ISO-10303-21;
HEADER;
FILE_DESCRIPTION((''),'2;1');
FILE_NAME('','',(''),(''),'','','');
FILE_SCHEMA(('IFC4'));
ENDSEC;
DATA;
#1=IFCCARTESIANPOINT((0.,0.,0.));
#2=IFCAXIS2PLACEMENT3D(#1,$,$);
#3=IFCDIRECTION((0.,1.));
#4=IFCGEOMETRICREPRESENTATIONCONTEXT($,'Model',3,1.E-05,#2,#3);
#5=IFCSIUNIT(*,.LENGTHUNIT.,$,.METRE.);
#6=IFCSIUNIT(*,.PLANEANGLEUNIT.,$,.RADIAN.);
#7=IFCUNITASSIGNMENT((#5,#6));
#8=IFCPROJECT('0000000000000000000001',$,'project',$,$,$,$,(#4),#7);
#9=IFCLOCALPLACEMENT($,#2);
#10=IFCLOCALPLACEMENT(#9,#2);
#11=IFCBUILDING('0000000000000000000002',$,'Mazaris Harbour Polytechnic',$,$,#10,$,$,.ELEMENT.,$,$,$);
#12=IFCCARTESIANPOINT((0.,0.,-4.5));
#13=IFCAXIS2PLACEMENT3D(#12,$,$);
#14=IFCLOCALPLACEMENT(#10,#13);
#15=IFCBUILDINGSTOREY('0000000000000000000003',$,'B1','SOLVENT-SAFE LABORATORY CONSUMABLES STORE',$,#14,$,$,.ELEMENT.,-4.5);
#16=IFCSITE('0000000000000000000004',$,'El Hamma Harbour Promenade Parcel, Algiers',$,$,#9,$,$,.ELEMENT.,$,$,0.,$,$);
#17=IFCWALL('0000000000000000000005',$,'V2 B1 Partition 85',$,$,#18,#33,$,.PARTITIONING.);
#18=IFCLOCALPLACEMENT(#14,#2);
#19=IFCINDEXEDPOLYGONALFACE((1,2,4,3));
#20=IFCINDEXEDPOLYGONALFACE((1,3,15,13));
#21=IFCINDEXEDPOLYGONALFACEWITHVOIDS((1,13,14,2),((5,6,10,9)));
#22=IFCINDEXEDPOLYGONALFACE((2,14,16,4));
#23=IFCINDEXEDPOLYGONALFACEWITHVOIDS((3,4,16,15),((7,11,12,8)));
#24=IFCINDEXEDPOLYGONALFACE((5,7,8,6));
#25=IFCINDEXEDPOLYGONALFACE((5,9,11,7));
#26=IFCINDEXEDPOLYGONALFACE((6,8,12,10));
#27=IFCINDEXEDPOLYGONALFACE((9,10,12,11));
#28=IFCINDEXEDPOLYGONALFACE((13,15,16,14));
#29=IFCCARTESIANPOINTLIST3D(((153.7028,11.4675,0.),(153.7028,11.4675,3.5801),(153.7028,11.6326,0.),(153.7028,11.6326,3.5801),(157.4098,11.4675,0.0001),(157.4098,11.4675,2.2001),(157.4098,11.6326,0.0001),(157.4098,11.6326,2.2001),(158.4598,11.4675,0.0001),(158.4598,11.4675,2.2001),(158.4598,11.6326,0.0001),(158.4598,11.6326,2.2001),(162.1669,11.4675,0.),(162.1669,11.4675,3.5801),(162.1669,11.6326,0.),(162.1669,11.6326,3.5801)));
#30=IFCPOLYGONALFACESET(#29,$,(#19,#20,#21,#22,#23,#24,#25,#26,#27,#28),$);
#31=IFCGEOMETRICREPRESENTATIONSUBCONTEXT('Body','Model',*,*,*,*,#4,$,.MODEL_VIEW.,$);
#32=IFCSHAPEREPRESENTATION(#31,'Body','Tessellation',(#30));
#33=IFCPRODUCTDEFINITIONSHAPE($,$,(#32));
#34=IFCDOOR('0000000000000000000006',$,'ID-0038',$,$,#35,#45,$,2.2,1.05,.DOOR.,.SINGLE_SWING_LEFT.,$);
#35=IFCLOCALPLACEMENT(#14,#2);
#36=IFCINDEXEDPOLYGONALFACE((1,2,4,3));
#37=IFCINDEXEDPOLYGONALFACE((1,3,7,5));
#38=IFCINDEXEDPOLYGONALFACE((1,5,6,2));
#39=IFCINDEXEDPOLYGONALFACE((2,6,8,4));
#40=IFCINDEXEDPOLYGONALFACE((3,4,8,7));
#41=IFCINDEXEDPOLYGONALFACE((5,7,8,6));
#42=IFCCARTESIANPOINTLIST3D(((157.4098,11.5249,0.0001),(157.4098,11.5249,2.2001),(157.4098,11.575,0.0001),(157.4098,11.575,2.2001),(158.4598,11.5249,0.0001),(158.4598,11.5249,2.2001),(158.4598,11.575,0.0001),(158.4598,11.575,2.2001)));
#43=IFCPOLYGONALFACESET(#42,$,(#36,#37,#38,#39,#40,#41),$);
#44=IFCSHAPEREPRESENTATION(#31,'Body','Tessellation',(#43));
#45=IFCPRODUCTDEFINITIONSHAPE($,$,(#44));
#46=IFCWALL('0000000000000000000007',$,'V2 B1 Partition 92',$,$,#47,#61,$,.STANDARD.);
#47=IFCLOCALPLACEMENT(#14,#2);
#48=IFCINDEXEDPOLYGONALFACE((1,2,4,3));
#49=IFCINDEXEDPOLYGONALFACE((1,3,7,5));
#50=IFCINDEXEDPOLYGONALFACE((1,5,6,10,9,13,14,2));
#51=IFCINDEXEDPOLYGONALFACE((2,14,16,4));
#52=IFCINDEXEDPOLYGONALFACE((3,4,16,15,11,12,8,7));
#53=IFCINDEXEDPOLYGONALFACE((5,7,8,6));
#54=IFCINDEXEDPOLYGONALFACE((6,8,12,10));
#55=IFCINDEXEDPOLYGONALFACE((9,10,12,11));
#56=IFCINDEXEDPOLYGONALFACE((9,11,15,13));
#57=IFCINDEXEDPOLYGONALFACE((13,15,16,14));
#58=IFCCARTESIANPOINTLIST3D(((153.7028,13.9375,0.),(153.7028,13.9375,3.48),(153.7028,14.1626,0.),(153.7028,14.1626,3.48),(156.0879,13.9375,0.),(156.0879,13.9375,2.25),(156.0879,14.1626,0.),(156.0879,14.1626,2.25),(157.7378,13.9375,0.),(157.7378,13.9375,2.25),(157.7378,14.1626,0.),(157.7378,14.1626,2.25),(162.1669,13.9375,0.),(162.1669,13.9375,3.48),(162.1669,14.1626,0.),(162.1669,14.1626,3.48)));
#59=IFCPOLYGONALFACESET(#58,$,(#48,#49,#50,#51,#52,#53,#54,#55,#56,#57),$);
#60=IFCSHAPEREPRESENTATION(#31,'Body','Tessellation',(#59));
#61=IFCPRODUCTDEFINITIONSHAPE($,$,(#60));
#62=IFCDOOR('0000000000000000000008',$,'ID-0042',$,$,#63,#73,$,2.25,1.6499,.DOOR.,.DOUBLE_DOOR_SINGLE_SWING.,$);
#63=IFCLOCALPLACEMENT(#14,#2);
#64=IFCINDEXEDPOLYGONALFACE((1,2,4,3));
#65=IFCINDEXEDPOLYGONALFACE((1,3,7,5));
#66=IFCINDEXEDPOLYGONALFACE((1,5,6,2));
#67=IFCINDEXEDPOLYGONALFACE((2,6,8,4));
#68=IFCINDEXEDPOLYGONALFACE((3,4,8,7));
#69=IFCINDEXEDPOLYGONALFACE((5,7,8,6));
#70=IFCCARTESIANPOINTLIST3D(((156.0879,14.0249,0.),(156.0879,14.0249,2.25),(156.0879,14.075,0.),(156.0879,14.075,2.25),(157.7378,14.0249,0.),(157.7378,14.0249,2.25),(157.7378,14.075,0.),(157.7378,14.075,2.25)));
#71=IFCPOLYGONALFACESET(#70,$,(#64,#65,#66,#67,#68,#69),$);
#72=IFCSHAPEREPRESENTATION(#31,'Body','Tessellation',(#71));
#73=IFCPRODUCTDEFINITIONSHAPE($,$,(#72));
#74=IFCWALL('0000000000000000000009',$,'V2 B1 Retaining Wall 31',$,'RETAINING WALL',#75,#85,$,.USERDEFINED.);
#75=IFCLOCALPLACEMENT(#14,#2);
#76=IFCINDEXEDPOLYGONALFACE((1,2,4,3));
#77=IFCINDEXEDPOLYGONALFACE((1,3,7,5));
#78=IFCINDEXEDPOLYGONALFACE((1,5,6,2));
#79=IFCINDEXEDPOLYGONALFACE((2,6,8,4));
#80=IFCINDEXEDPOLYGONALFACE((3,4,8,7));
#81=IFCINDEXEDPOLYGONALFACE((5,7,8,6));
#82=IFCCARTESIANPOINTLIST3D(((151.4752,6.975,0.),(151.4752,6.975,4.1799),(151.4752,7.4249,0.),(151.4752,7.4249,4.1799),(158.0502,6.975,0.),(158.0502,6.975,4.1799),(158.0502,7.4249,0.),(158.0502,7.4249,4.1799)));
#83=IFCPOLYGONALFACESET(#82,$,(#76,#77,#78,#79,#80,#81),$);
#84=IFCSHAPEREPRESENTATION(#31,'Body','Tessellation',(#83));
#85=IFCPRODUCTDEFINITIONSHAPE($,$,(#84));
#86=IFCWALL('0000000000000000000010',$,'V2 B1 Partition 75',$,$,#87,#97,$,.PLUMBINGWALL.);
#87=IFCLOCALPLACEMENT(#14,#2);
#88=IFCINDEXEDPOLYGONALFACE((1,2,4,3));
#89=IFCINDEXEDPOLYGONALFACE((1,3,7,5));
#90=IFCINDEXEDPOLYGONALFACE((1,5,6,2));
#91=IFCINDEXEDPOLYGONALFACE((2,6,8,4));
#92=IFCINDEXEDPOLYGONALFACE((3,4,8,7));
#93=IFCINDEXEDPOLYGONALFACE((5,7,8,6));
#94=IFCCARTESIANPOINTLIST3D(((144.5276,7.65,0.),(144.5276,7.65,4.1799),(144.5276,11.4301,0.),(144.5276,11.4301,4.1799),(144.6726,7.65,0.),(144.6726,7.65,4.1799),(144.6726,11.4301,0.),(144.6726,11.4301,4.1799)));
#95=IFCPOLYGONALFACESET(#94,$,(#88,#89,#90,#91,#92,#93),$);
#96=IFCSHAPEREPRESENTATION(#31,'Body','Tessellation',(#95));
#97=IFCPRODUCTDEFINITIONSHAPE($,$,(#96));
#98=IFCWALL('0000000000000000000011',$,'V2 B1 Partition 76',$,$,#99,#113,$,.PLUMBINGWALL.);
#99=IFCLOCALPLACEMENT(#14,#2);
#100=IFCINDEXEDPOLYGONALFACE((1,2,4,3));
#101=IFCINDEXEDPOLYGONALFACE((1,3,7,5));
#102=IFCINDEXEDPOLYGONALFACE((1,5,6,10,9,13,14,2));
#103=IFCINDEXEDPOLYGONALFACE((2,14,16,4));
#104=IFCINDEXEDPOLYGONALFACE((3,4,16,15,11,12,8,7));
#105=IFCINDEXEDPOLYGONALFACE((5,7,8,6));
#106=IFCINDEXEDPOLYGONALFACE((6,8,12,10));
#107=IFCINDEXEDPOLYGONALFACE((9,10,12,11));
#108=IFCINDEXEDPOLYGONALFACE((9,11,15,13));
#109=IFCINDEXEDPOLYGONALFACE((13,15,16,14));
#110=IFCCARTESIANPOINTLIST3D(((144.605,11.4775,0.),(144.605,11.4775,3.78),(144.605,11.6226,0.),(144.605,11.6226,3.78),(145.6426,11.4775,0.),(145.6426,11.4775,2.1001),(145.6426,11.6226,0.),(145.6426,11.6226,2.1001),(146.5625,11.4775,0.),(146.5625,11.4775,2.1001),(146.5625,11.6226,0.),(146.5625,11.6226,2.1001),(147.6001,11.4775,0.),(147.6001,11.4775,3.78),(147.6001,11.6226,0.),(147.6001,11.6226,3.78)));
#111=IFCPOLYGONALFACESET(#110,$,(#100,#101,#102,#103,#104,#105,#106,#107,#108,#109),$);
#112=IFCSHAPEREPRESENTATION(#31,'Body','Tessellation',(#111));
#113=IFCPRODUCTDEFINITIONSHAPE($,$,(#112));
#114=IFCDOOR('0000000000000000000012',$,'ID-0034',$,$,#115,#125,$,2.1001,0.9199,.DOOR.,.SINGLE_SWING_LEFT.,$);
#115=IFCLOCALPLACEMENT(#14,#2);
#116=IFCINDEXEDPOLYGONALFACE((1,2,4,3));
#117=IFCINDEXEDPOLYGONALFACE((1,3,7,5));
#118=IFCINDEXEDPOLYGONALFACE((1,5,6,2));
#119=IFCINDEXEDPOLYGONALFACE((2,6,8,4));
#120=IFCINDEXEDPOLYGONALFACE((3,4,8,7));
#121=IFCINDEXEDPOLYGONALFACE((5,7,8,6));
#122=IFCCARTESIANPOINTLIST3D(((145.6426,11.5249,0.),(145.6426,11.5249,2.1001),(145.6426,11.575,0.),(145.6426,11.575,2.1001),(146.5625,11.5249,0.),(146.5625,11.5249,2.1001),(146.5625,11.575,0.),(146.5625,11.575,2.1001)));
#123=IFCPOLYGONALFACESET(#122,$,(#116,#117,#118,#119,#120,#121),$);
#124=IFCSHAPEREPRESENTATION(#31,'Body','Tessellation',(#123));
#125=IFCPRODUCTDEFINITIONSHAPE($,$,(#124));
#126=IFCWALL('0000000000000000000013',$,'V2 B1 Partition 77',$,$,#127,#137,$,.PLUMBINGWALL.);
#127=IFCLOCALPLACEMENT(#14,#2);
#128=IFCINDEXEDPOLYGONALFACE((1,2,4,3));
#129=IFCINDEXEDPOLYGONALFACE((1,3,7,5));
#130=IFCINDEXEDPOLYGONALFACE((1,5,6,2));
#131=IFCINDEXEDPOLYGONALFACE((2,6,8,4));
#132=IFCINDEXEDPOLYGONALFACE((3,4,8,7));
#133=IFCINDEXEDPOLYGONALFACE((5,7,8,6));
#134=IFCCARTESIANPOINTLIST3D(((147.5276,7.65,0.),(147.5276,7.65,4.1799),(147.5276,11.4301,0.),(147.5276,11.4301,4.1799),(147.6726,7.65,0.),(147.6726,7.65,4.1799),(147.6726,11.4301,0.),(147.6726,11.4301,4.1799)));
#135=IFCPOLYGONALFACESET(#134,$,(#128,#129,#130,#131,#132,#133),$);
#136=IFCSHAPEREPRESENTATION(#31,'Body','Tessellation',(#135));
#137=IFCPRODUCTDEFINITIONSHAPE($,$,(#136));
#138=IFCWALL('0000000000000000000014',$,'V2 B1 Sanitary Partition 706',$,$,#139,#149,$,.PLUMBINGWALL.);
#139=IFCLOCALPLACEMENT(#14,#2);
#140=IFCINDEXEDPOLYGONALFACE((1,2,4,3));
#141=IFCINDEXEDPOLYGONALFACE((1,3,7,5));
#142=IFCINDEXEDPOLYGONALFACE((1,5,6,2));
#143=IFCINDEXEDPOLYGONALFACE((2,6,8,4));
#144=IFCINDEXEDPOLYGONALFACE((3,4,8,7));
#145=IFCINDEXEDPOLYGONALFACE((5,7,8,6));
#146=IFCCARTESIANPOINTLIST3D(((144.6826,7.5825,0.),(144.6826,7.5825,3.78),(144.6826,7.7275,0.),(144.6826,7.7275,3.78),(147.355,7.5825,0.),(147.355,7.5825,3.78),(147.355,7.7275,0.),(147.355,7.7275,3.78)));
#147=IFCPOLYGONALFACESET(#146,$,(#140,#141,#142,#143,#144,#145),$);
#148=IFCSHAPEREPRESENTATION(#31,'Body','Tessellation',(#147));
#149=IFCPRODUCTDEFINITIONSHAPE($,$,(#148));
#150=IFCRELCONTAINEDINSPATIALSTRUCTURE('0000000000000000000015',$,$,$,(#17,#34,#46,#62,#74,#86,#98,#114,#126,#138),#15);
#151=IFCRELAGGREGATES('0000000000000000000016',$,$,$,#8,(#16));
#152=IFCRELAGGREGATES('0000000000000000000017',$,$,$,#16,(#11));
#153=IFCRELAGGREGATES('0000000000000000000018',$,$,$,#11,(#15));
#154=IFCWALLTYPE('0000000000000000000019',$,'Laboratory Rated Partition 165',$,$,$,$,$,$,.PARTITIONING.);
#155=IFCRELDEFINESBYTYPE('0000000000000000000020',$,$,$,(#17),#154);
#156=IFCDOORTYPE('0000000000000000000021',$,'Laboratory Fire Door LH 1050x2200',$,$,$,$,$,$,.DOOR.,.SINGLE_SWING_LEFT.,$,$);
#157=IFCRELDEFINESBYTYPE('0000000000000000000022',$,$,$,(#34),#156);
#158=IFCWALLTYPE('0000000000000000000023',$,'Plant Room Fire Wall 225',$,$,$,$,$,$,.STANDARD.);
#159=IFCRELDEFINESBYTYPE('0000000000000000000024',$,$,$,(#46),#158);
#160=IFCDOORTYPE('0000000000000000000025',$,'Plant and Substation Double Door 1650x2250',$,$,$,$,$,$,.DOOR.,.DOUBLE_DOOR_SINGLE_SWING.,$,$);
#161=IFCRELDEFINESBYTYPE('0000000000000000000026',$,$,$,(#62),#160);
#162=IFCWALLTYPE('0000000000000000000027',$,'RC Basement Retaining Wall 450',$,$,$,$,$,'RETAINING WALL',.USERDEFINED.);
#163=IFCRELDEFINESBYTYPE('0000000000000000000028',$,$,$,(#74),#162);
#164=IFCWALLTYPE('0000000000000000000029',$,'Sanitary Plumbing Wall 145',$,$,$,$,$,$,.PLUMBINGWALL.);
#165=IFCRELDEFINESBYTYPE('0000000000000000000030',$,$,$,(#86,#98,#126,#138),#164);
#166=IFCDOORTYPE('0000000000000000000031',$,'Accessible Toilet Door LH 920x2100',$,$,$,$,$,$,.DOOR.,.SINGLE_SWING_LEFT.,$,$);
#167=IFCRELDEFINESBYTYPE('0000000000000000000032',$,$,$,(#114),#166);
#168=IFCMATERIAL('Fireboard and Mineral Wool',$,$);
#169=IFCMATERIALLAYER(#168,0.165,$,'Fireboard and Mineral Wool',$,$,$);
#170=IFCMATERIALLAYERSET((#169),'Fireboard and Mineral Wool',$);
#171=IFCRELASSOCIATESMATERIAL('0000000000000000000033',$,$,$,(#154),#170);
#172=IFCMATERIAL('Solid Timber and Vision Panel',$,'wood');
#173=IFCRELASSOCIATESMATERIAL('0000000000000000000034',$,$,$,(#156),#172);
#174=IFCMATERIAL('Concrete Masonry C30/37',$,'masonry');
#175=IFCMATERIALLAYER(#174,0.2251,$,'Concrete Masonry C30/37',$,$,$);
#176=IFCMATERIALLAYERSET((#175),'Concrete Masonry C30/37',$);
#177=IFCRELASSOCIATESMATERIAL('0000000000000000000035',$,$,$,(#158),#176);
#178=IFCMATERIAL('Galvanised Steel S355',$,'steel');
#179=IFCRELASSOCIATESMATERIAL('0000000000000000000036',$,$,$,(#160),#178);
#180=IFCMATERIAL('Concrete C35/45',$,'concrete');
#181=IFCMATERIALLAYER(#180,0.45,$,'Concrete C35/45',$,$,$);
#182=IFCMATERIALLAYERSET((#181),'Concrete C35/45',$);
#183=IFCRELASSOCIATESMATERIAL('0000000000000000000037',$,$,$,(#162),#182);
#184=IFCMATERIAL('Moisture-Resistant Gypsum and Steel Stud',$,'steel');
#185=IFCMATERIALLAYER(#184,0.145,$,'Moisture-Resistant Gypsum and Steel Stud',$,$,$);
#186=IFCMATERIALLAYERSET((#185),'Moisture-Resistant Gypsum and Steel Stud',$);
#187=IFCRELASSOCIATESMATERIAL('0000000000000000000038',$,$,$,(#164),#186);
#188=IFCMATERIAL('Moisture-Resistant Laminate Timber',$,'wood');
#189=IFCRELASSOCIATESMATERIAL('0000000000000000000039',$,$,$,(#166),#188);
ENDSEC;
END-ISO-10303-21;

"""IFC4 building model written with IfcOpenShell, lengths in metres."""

from ifc_helpers import new_model, si_unit, direction, frame, frame_2d, origin, place, context, subcontext, project, spatial, rectangle, extrude, material, layer, layer_set, type_object, element, fill, save


model = new_model("IFC4")

# Units and contexts
model_context = context("Model", 3, precision=1e-05, world=origin(), true_north=direction((0.0, 1.0)))
body_context = subcontext(model_context, "Body", "Model", "MODEL_VIEW")
ifc_project = project(units=[si_unit("LENGTHUNIT", "METRE"), si_unit("PLANEANGLEUNIT", "RADIAN")], contexts=[model_context])

# Site, building, storey
site_placement = place(None, origin())
site = spatial("IfcSite", under=ifc_project, at=site_placement, Name="El Hamma Harbour Promenade Parcel, Algiers", CompositionType="ELEMENT", RefElevation=0.0)
building_placement = place(site_placement, origin())
building = spatial("IfcBuilding", under=site, at=building_placement, Name="Mazaris Harbour Polytechnic", CompositionType="ELEMENT")
storey_placement = place(building_placement, frame((0.0, 0.0, -4.5)))
storey = spatial("IfcBuildingStorey", under=building, at=storey_placement, Name="B1", Description="SOLVENT-SAFE LABORATORY CONSUMABLES STORE", CompositionType="ELEMENT", Elevation=-4.5)

# Walls, openings, doors
ifc_material_1 = material(Name="Fireboard and Mineral Wool")
ifc_layer_1 = layer(ifc_material_1, 0.165, Name="Fireboard and Mineral Wool")
ifc_layer_set_1 = layer_set([ifc_layer_1], Name="Fireboard and Mineral Wool")
wall_type_1 = type_object("IfcWallType", Name="Laboratory Rated Partition 165", PredefinedType="PARTITIONING", material=ifc_layer_set_1)
wall_1_placement = place(storey_placement, frame((153.7029, 11.55, 0.0), z_axis=(0.0, 0.0, 1.0), x_axis=(1.0, 0.0, 0.0)))
wall_1 = element("IfcWall", 1, at=wall_1_placement, inside=storey, type_object=wall_type_1, Name="V2 B1 Partition 85", PredefinedType="PARTITIONING", context=body_context, shape_type="SweptSolid", body=[
    extrude(rectangle(XDim=8.4641, YDim=0.165, at=frame_2d((4.2319, 0.0))), origin(), (0.0, 0.0, 1.0), 3.5801),
])
opening_1_placement = place(wall_1_placement, frame((3.707, 0.0, 0.0)))
opening_1 = element("IfcOpeningElement", 2, at=opening_1_placement, cuts=wall_1, PredefinedType="OPENING", context=body_context, shape_type="SweptSolid", body=[
    extrude(rectangle(XDim=1.05, YDim=2.2, at=frame_2d((0.5249, 1.1001))), frame((0.0, 0.0925, 0.0), z_axis=(0.0, -1.0, 0.0), x_axis=(1.0, 0.0, 0.0)), (0.0, 0.0, 1.0), 0.1851),
])
ifc_material_2 = material(Name="Solid Timber and Vision Panel", Category="wood")
door_type_1 = type_object("IfcDoorType", Name="Laboratory Fire Door LH 1050x2200", OperationType="SINGLE_SWING_LEFT", PredefinedType="DOOR", material=ifc_material_2)
door_1_placement = place(opening_1_placement, origin())
door_1 = element("IfcDoor", 3, at=door_1_placement, inside=storey, type_object=door_type_1, Name="ID-0038", OperationType="SINGLE_SWING_LEFT", OverallHeight=2.2, OverallWidth=1.05, PredefinedType="DOOR", context=body_context, shape_type="SweptSolid", body=[
    extrude(rectangle(XDim=1.05, YDim=2.2, at=frame_2d((0.5249, 1.1001))), frame((0.0, 0.0249, 0.0), z_axis=(0.0, -1.0, 0.0), x_axis=(1.0, 0.0, 0.0)), (0.0, 0.0, 1.0), 0.05),
])
fill(opening_1, door_1)
ifc_material_3 = material(Name="Concrete Masonry C30/37", Category="masonry")
ifc_layer_2 = layer(ifc_material_3, 0.2251, Name="Concrete Masonry C30/37")
ifc_layer_set_2 = layer_set([ifc_layer_2], Name="Concrete Masonry C30/37")
wall_type_2 = type_object("IfcWallType", Name="Plant Room Fire Wall 225", PredefinedType="STANDARD", material=ifc_layer_set_2)
wall_2_placement = place(storey_placement, frame((153.7029, 14.05, 0.0), z_axis=(0.0, 0.0, 1.0), x_axis=(1.0, 0.0, 0.0)))
wall_2 = element("IfcWall", 4, at=wall_2_placement, inside=storey, type_object=wall_type_2, Name="V2 B1 Partition 92", PredefinedType="STANDARD", context=body_context, shape_type="SweptSolid", body=[
    extrude(rectangle(XDim=8.4641, YDim=0.2251, at=frame_2d((4.2319, 0.0))), origin(), (0.0, 0.0, 1.0), 3.48),
])
opening_2_placement = place(wall_2_placement, frame((2.385, 0.0, 0.0)))
opening_2 = element("IfcOpeningElement", 5, at=opening_2_placement, cuts=wall_2, PredefinedType="OPENING", context=body_context, shape_type="SweptSolid", body=[
    extrude(rectangle(XDim=1.6499, YDim=2.25, at=frame_2d((0.825, 1.125))), frame((0.0, 0.1226, 0.0), z_axis=(0.0, -1.0, 0.0), x_axis=(1.0, 0.0, 0.0)), (0.0, 0.0, 1.0), 0.2451),
])
ifc_material_4 = material(Name="Galvanised Steel S355", Category="steel")
door_type_2 = type_object("IfcDoorType", Name="Plant and Substation Double Door 1650x2250", OperationType="DOUBLE_DOOR_SINGLE_SWING", PredefinedType="DOOR", material=ifc_material_4)
door_2_placement = place(opening_2_placement, origin())
door_2 = element("IfcDoor", 6, at=door_2_placement, inside=storey, type_object=door_type_2, Name="ID-0042", OperationType="DOUBLE_DOOR_SINGLE_SWING", OverallHeight=2.25, OverallWidth=1.6499, PredefinedType="DOOR", context=body_context, shape_type="SweptSolid", body=[
    extrude(rectangle(XDim=1.6499, YDim=2.25, at=frame_2d((0.825, 1.125))), frame((0.0, 0.0249, 0.0), z_axis=(0.0, -1.0, 0.0), x_axis=(1.0, 0.0, 0.0)), (0.0, 0.0, 1.0), 0.05),
])
fill(opening_2, door_2)

# Walls
ifc_material_5 = material(Name="Concrete C35/45", Category="concrete")
ifc_layer_3 = layer(ifc_material_5, 0.45, Name="Concrete C35/45")
ifc_layer_set_3 = layer_set([ifc_layer_3], Name="Concrete C35/45")
wall_type_3 = type_object("IfcWallType", Name="RC Basement Retaining Wall 450", ElementType="RETAINING WALL", PredefinedType="USERDEFINED", material=ifc_layer_set_3)
wall_3_placement = place(storey_placement, frame((151.4751, 7.2, 0.0), z_axis=(0.0, 0.0, 1.0), x_axis=(1.0, 0.0, 0.0)))
element("IfcWall", 7, at=wall_3_placement, inside=storey, type_object=wall_type_3, Name="V2 B1 Retaining Wall 31", ObjectType="RETAINING WALL", PredefinedType="USERDEFINED", context=body_context, shape_type="SweptSolid", body=[
    extrude(rectangle(XDim=6.575, YDim=0.45, at=frame_2d((3.2876, 0.0))), origin(), (0.0, 0.0, 1.0), 4.1799),
])
ifc_material_6 = material(Name="Moisture-Resistant Gypsum and Steel Stud", Category="steel")
ifc_layer_4 = layer(ifc_material_6, 0.145, Name="Moisture-Resistant Gypsum and Steel Stud")
ifc_layer_set_4 = layer_set([ifc_layer_4], Name="Moisture-Resistant Gypsum and Steel Stud")
wall_type_4 = type_object("IfcWallType", Name="Sanitary Plumbing Wall 145", PredefinedType="PLUMBINGWALL", material=ifc_layer_set_4)
wall_4_placement = place(storey_placement, frame((144.6001, 7.6499, 0.0), z_axis=(0.0, 0.0, 1.0), x_axis=(0.0, 1.0, 0.0)))
element("IfcWall", 8, at=wall_4_placement, inside=storey, type_object=wall_type_4, Name="V2 B1 Partition 75", PredefinedType="PLUMBINGWALL", context=body_context, shape_type="SweptSolid", body=[
    extrude(rectangle(XDim=3.78, YDim=0.145, at=frame_2d((1.8901, 0.0))), origin(), (0.0, 0.0, 1.0), 4.1799),
])

# Wall, opening, door
wall_5_placement = place(storey_placement, frame((144.605, 11.55, 0.0), z_axis=(0.0, 0.0, 1.0), x_axis=(1.0, 0.0, 0.0)))
wall_5 = element("IfcWall", 9, at=wall_5_placement, inside=storey, type_object=wall_type_4, Name="V2 B1 Partition 76", PredefinedType="PLUMBINGWALL", context=body_context, shape_type="SweptSolid", body=[
    extrude(rectangle(XDim=2.9951, YDim=0.145, at=frame_2d((1.4976, 0.0))), origin(), (0.0, 0.0, 1.0), 3.78),
])
opening_3_placement = place(wall_5_placement, frame((1.0376, 0.0, 0.0)))
opening_3 = element("IfcOpeningElement", 10, at=opening_3_placement, cuts=wall_5, PredefinedType="OPENING", context=body_context, shape_type="SweptSolid", body=[
    extrude(rectangle(XDim=0.9199, YDim=2.1001, at=frame_2d((0.46, 1.05))), frame((0.0, 0.0825, 0.0), z_axis=(0.0, -1.0, 0.0), x_axis=(1.0, 0.0, 0.0)), (0.0, 0.0, 1.0), 0.165),
])
ifc_material_7 = material(Name="Moisture-Resistant Laminate Timber", Category="wood")
door_type_3 = type_object("IfcDoorType", Name="Accessible Toilet Door LH 920x2100", OperationType="SINGLE_SWING_LEFT", PredefinedType="DOOR", material=ifc_material_7)
door_3_placement = place(opening_3_placement, origin())
door_3 = element("IfcDoor", 11, at=door_3_placement, inside=storey, type_object=door_type_3, Name="ID-0034", OperationType="SINGLE_SWING_LEFT", OverallHeight=2.1001, OverallWidth=0.9199, PredefinedType="DOOR", context=body_context, shape_type="SweptSolid", body=[
    extrude(rectangle(XDim=0.9199, YDim=2.1001, at=frame_2d((0.46, 1.05))), frame((0.0, 0.0249, 0.0), z_axis=(0.0, -1.0, 0.0), x_axis=(1.0, 0.0, 0.0)), (0.0, 0.0, 1.0), 0.05),
])
fill(opening_3, door_3)

# Walls
wall_6_placement = place(storey_placement, frame((147.6001, 7.6499, 0.0), z_axis=(0.0, 0.0, 1.0), x_axis=(0.0, 1.0, 0.0)))
element("IfcWall", 12, at=wall_6_placement, inside=storey, type_object=wall_type_4, Name="V2 B1 Partition 77", PredefinedType="PLUMBINGWALL", context=body_context, shape_type="SweptSolid", body=[
    extrude(rectangle(XDim=3.78, YDim=0.145, at=frame_2d((1.8901, 0.0))), origin(), (0.0, 0.0, 1.0), 4.1799),
])
wall_7_placement = place(storey_placement, frame((144.6826, 7.655, 0.0), z_axis=(0.0, 0.0, 1.0), x_axis=(1.0, 0.0, 0.0)))
element("IfcWall", 13, at=wall_7_placement, inside=storey, type_object=wall_type_4, Name="V2 B1 Sanitary Partition 706", PredefinedType="PLUMBINGWALL", context=body_context, shape_type="SweptSolid", body=[
    extrude(rectangle(XDim=2.6724, YDim=0.145, at=frame_2d((1.3362, 0.0))), origin(), (0.0, 0.0, 1.0), 3.78),
])

save(model, "model.ifc")
